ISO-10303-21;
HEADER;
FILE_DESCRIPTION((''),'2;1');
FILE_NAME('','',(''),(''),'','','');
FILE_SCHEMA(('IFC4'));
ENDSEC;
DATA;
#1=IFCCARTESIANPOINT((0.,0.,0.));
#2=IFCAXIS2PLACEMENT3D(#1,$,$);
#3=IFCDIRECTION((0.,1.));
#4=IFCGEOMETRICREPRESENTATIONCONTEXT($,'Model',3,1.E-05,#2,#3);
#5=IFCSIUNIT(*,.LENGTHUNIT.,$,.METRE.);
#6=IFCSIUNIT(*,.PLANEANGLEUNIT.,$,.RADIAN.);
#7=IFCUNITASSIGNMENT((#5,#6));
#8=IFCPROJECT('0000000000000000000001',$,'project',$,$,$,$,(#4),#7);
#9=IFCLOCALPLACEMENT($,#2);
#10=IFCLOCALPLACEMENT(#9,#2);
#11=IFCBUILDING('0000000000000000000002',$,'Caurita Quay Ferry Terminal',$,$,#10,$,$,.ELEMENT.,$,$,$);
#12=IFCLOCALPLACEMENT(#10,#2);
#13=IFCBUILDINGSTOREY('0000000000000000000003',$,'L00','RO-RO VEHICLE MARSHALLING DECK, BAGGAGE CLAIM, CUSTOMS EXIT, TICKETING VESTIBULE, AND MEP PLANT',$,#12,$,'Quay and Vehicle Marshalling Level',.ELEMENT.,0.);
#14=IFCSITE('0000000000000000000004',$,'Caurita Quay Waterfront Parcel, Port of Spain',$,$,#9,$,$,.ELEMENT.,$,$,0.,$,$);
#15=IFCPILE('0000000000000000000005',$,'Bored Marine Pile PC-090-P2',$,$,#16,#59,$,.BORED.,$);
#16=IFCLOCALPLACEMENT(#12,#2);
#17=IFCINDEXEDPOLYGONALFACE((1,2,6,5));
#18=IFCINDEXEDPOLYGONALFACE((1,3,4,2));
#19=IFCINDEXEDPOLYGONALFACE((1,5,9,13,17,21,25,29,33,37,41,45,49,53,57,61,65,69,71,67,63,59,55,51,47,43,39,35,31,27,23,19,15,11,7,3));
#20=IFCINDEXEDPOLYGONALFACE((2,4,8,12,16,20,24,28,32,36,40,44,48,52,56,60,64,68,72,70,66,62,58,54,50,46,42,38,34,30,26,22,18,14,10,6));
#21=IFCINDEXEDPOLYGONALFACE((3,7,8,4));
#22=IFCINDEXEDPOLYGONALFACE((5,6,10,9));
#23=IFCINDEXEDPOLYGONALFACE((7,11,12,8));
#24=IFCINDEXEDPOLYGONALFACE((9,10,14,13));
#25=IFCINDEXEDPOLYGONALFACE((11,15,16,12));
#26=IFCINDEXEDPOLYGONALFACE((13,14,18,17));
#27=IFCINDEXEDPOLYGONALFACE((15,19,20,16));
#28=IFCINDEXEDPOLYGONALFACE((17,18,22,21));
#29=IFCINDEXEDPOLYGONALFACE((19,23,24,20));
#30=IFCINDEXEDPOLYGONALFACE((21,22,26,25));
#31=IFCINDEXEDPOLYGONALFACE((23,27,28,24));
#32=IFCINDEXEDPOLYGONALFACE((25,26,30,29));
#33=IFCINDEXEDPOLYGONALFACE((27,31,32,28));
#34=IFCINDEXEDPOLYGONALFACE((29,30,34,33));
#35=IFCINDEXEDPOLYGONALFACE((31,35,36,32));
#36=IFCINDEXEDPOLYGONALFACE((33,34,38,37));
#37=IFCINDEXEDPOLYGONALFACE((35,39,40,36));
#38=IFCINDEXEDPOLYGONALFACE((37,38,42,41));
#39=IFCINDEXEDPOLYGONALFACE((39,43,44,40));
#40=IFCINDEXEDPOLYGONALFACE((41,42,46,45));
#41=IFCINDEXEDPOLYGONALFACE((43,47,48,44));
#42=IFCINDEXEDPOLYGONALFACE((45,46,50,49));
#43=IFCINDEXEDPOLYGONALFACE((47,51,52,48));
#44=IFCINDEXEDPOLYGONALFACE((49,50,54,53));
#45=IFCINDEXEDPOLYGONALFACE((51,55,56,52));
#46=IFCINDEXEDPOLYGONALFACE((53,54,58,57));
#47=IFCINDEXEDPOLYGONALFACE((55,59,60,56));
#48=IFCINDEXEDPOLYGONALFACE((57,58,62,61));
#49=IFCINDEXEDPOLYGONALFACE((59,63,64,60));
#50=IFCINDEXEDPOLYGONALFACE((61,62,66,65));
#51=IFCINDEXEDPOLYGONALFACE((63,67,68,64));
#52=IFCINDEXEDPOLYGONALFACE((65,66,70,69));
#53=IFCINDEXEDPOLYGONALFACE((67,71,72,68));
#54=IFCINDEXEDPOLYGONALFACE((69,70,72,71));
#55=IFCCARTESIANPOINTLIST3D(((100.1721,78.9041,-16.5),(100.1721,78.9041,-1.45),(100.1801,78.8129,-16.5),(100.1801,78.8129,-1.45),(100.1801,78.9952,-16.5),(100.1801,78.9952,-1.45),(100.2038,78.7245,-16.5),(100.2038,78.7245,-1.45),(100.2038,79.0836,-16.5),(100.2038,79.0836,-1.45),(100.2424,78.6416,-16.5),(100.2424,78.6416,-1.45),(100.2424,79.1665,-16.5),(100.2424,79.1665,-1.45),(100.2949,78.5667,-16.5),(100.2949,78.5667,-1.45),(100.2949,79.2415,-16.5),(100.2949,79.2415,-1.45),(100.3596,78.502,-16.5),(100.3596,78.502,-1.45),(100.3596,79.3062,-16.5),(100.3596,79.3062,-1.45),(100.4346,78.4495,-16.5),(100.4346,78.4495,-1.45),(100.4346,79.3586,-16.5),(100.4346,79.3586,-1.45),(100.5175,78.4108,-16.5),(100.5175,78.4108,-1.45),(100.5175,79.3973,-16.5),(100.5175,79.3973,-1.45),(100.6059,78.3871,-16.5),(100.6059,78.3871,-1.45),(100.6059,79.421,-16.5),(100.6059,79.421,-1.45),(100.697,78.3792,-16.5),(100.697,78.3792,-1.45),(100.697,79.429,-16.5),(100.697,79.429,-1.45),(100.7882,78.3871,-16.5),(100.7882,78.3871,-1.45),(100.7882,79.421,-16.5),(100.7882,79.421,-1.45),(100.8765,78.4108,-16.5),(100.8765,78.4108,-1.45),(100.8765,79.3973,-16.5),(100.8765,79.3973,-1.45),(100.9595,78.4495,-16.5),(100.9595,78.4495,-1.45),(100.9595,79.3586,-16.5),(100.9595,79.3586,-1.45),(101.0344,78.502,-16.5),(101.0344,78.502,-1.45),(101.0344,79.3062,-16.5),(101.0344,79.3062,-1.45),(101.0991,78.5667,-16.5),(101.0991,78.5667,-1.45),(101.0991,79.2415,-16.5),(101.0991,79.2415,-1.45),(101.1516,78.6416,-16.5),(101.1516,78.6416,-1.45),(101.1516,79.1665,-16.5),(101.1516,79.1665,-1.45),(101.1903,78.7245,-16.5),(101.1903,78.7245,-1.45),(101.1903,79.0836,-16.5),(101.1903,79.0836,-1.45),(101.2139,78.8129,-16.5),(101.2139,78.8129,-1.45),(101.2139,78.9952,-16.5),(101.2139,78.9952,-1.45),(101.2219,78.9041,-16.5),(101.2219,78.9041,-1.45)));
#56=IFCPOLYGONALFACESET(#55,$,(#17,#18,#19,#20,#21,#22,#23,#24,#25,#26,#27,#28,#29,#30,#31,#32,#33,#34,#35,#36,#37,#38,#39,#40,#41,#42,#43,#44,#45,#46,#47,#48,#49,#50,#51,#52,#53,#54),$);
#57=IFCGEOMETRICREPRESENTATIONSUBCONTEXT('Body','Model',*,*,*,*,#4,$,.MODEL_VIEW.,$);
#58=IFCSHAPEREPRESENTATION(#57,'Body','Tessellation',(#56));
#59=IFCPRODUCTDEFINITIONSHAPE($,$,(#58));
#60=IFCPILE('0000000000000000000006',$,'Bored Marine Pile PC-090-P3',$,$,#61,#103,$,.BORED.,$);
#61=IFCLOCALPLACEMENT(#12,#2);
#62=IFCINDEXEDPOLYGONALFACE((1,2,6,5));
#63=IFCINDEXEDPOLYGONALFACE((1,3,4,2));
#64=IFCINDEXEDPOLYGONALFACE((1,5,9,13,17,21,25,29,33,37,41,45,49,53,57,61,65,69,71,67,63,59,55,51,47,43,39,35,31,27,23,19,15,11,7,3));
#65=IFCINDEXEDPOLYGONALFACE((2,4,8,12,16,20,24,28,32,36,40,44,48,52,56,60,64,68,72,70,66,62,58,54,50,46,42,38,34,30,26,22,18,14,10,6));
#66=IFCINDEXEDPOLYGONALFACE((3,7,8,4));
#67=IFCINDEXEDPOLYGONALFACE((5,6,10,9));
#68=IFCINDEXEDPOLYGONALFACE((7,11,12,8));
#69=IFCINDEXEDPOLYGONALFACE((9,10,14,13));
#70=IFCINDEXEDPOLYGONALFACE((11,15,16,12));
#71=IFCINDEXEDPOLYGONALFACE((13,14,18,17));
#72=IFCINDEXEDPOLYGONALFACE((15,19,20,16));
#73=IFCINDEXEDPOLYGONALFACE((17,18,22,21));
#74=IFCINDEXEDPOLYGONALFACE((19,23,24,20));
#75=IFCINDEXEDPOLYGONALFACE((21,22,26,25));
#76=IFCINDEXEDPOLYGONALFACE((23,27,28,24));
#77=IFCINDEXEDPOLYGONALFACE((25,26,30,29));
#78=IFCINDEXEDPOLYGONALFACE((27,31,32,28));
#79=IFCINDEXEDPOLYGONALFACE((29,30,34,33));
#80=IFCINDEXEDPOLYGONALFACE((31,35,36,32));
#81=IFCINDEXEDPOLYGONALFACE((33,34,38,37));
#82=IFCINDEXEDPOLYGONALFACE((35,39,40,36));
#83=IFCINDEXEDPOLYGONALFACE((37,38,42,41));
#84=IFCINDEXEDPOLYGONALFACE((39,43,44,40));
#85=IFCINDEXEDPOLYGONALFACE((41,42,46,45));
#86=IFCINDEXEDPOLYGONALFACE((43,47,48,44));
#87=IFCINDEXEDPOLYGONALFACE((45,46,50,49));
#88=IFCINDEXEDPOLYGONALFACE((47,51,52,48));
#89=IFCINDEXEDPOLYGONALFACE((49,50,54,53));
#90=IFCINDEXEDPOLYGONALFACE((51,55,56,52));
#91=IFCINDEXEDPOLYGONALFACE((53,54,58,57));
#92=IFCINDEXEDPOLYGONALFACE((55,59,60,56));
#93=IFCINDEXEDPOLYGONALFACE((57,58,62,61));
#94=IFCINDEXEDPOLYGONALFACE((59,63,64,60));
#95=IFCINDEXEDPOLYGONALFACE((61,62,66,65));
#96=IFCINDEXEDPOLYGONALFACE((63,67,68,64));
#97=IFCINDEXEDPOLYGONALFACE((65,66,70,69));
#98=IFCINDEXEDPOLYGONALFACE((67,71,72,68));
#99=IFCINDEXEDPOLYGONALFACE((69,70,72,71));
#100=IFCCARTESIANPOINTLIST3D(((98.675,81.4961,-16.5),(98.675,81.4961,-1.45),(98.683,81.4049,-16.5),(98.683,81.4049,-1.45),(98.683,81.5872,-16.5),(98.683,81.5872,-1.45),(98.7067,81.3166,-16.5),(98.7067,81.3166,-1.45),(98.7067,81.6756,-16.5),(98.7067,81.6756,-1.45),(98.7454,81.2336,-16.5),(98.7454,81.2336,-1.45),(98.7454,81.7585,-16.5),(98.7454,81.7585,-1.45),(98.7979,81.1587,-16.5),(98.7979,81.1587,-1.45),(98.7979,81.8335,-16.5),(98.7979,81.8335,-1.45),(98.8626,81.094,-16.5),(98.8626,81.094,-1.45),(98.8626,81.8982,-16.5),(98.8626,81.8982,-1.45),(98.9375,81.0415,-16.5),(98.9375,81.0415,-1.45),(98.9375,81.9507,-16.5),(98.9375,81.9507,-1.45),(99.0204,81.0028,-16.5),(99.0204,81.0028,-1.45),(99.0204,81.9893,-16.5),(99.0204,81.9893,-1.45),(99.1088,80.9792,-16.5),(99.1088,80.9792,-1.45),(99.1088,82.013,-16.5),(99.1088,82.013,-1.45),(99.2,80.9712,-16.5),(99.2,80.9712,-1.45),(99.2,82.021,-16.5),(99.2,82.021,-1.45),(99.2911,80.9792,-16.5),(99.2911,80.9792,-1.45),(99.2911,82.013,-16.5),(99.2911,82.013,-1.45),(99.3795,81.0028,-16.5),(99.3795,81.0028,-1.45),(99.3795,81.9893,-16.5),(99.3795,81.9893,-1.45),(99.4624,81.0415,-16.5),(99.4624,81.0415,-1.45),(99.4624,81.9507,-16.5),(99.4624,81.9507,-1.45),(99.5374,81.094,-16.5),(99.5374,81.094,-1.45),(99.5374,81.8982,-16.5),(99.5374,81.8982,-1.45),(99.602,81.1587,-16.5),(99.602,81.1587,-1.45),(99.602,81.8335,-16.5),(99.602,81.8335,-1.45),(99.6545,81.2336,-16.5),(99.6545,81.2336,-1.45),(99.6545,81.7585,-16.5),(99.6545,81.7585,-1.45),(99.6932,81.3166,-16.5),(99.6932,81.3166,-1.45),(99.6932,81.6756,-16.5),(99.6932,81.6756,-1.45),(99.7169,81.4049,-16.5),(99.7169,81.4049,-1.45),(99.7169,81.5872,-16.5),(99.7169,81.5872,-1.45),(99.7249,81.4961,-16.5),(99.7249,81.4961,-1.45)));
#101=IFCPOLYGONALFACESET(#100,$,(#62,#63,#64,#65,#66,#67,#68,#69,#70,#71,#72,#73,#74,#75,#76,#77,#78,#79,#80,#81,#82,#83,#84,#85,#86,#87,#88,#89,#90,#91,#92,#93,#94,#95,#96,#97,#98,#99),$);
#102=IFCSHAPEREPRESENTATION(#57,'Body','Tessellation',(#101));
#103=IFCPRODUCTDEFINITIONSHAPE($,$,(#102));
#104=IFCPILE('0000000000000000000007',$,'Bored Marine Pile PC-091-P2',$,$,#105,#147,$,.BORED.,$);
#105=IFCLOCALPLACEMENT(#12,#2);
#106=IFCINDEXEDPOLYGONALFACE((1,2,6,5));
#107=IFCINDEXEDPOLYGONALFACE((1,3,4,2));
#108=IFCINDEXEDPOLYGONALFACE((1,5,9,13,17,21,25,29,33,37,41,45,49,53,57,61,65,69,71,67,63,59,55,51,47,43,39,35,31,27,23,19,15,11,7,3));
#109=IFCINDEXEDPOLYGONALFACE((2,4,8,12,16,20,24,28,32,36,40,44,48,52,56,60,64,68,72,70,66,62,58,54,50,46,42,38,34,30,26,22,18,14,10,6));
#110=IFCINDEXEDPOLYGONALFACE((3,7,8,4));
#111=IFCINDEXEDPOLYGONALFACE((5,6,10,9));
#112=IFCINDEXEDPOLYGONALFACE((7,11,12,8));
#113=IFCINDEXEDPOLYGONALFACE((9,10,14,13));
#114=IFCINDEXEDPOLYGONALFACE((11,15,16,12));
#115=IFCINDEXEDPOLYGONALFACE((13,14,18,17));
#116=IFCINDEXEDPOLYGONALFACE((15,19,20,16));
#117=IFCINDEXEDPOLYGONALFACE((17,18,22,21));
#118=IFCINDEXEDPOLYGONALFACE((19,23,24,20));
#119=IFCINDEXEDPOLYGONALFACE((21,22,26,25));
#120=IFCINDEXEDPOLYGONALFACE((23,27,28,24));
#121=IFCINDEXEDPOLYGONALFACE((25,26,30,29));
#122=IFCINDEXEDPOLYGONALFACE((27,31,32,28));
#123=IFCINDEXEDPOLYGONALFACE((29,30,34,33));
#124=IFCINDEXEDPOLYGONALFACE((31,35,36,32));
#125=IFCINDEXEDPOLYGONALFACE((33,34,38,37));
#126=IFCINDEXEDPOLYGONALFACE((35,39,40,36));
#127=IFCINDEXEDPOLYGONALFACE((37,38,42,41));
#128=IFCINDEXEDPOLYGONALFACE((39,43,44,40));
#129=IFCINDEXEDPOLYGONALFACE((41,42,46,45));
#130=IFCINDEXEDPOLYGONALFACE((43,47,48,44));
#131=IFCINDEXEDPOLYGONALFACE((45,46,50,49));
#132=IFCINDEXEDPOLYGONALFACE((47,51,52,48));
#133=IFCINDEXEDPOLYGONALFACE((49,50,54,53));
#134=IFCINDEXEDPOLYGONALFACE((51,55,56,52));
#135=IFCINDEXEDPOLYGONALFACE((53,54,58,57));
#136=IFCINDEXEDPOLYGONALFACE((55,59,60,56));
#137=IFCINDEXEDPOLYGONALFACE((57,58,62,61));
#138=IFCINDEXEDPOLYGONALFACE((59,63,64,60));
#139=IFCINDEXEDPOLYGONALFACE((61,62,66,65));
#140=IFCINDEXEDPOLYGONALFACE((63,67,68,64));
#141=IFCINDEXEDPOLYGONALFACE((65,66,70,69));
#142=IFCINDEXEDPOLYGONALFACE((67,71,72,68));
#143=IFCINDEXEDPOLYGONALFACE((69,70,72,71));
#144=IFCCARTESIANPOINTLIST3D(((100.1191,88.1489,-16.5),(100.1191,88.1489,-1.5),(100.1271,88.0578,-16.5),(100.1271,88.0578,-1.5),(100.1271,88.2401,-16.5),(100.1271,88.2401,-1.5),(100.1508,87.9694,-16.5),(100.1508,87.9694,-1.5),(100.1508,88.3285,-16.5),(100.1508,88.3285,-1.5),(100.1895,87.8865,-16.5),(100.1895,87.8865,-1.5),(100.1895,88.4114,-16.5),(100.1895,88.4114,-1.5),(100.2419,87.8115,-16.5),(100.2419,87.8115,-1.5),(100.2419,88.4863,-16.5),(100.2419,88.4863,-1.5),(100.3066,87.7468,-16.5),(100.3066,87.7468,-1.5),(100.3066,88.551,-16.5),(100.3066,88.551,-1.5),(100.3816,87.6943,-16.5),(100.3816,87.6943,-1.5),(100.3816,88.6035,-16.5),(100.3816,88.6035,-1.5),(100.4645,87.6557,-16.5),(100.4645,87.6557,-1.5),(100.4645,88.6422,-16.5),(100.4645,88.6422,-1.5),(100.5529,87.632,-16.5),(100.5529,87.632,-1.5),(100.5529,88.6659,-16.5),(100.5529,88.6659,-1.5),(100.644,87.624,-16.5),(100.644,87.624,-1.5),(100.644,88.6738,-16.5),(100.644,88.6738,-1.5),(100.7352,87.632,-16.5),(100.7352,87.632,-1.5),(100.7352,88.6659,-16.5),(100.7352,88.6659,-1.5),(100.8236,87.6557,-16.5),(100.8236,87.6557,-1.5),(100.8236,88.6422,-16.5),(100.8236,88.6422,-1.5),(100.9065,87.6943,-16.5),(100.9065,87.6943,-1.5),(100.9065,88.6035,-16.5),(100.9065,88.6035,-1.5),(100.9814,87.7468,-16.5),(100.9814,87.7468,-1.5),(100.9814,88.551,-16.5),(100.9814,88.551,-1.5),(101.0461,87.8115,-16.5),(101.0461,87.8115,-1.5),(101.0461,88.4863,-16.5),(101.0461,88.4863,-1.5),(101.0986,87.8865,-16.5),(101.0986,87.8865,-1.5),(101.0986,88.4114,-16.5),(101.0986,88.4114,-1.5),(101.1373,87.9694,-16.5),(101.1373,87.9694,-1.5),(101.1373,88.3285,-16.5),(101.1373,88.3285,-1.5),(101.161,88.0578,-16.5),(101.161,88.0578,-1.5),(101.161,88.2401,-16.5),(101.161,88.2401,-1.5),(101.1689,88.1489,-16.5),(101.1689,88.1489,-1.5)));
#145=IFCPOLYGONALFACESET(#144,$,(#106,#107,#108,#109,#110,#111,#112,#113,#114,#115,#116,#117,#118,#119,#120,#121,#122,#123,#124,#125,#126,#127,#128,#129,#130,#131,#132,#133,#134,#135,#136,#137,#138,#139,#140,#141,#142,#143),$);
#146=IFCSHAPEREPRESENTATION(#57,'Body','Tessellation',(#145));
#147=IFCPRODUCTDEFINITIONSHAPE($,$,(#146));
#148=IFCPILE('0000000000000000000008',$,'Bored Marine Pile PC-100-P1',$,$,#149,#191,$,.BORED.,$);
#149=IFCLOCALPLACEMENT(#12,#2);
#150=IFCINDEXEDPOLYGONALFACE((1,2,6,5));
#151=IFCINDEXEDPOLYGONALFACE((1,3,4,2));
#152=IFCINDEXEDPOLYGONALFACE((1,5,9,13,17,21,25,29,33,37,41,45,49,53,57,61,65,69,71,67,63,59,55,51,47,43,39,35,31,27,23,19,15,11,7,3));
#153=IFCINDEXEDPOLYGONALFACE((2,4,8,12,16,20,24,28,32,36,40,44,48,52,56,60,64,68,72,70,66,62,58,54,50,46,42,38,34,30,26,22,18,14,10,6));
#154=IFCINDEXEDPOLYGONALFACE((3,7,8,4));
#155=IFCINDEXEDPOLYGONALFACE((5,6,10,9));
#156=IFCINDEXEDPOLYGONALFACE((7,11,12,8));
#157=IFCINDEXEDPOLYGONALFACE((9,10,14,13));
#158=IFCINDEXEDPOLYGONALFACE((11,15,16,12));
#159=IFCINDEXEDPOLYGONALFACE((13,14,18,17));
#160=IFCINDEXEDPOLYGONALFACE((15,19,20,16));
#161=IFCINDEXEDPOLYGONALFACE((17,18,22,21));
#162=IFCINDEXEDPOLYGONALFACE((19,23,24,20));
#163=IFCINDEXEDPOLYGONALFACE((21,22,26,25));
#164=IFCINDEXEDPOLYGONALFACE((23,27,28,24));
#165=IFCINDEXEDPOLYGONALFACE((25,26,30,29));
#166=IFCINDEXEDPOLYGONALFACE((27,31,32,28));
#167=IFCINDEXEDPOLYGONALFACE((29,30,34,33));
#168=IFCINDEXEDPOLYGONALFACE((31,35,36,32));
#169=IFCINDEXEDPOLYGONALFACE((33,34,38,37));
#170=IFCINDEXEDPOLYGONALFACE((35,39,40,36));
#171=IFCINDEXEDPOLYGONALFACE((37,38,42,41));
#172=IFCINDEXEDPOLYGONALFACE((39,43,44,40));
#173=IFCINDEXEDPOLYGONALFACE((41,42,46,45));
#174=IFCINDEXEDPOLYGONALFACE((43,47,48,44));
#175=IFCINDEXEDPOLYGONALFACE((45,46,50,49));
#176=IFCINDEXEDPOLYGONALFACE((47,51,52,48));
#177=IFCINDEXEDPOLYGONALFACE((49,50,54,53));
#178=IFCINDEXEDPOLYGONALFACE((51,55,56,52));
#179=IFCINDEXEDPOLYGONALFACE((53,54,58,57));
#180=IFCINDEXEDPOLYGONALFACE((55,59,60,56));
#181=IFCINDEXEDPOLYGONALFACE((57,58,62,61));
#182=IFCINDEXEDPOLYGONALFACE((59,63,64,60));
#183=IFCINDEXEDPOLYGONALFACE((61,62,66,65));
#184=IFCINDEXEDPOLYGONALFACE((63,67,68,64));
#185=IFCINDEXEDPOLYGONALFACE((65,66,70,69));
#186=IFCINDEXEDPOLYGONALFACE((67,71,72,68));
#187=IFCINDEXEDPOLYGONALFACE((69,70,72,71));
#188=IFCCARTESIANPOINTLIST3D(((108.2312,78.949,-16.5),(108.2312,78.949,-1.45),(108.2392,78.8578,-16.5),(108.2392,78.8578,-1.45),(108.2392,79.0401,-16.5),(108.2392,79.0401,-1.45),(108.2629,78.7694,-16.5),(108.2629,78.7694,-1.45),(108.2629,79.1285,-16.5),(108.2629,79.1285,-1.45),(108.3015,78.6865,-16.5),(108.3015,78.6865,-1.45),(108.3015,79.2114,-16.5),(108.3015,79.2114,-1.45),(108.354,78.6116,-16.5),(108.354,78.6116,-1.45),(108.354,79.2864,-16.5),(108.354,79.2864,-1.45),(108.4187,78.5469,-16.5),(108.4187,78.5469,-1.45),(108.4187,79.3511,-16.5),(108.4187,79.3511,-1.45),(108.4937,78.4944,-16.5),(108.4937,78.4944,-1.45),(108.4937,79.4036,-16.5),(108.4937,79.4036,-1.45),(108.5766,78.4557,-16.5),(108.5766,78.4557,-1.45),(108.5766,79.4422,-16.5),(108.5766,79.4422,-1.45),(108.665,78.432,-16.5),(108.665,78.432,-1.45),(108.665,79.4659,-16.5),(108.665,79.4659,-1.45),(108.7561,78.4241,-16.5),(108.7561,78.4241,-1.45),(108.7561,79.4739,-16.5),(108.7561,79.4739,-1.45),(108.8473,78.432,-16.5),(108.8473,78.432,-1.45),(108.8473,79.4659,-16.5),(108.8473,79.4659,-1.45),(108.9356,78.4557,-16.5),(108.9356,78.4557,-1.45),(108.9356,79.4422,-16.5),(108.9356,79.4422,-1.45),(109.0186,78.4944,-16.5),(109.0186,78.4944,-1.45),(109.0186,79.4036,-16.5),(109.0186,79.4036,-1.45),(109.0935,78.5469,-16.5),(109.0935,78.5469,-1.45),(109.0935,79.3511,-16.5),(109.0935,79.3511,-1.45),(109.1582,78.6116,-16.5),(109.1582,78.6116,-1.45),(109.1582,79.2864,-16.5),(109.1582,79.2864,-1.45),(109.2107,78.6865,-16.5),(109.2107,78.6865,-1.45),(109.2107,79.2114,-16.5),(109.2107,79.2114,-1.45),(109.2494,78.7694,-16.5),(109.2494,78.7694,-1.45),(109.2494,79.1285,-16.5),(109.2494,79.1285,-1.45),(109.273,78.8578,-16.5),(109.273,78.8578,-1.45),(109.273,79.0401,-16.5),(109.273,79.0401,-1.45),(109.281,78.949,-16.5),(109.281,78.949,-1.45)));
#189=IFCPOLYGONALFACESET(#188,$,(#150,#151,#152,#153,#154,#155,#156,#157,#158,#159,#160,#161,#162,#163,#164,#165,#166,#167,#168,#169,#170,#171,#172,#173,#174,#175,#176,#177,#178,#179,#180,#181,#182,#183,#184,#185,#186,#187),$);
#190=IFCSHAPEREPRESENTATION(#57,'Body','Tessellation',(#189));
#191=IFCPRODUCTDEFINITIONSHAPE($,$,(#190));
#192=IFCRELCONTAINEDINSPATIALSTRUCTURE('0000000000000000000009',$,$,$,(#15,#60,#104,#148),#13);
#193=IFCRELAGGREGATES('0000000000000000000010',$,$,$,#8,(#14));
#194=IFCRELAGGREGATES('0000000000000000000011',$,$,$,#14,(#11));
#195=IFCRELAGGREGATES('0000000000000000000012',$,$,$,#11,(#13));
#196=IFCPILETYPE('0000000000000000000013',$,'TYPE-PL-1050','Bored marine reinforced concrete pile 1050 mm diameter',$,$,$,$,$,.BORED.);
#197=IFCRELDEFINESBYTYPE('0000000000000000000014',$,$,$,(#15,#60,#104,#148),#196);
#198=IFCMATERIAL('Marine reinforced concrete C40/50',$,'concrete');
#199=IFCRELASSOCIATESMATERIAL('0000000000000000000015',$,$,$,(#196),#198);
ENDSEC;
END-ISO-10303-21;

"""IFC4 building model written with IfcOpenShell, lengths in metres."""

from ifc_helpers import new_model, si_unit, direction, frame, origin, origin_2d, place, context, subcontext, project, spatial, circle, extrude, material, material_profile, profile_set, type_object, element, save


model = new_model("IFC4")

# Units and contexts
model_context = context("Model", 3, precision=1e-05, world=origin(), true_north=direction((0.0, 1.0)))
body_context = subcontext(model_context, "Body", "Model", "MODEL_VIEW")
ifc_project = project(units=[si_unit("LENGTHUNIT", "METRE"), si_unit("PLANEANGLEUNIT", "RADIAN")], contexts=[model_context])

# Site, building, storey
site_placement = place(None, origin())
site = spatial("IfcSite", under=ifc_project, at=site_placement, Name="Caurita Quay Waterfront Parcel, Port of Spain", CompositionType="ELEMENT", RefElevation=0.0)
building_placement = place(site_placement, origin())
building = spatial("IfcBuilding", under=site, at=building_placement, Name="Caurita Quay Ferry Terminal", CompositionType="ELEMENT")
storey_placement = place(building_placement, origin())
storey = spatial("IfcBuildingStorey", under=building, at=storey_placement, Name="L00", Description="RO-RO VEHICLE MARSHALLING DECK, BAGGAGE CLAIM, CUSTOMS EXIT, TICKETING VESTIBULE, AND MEP PLANT", LongName="Quay and Vehicle Marshalling Level", CompositionType="ELEMENT", Elevation=0.0)

# Piles
ifc_material_1 = material(Name="Marine reinforced concrete C40/50", Category="concrete")
ifc_material_profile_1 = material_profile(ifc_material_1, circle(Radius=0.5249, at=origin_2d()), Name="PILE-D1050")
ifc_profile_set_1 = profile_set([ifc_material_profile_1], Name="Marine reinforced concrete C40/50")
pile_type = type_object("IfcPileType", Name="TYPE-PL-1050", Description="Bored marine reinforced concrete pile 1050 mm diameter", PredefinedType="BORED", material=ifc_profile_set_1)
for number, where, z_axis, x_axis, name in (
    (1, (100.697, 78.9041, -1.45), (0.0, 0.0, -1.0), (1.0, 0.0, 0.0), "Bored Marine Pile PC-090-P2"),
    (2, (99.2, 81.4961, -1.45), (0.0, 0.0, -1.0), (1.0, 0.0, 0.0), "Bored Marine Pile PC-090-P3"),
):
    element("IfcPile", number, at=place(storey_placement, frame(where, z_axis=z_axis, x_axis=x_axis)), inside=storey, type_object=pile_type, Name=name, PredefinedType="BORED", context=body_context, shape_type="SweptSolid", body=[
        extrude(circle(Radius=0.5249, at=origin_2d()), origin(), (0.0, 0.0, 1.0), 15.05),
    ])
pile_placement = place(storey_placement, frame((100.644, 88.1489, -1.5), z_axis=(0.0, 0.0, -1.0), x_axis=(1.0, 0.0, 0.0)))
element("IfcPile", 3, at=pile_placement, inside=storey, type_object=pile_type, Name="Bored Marine Pile PC-091-P2", PredefinedType="BORED", context=body_context, shape_type="SweptSolid", body=[
    extrude(circle(Radius=0.5249, at=origin_2d()), origin(), (0.0, 0.0, 1.0), 15.0),
])
for number, where, z_axis, x_axis, name in (
    (4, (108.7561, 78.949, -1.45), (0.0, 0.0, -1.0), (1.0, 0.0, 0.0), "Bored Marine Pile PC-100-P1"),
):
    element("IfcPile", number, at=place(storey_placement, frame(where, z_axis=z_axis, x_axis=x_axis)), inside=storey, type_object=pile_type, Name=name, PredefinedType="BORED", context=body_context, shape_type="SweptSolid", body=[
        extrude(circle(Radius=0.5249, at=origin_2d()), origin(), (0.0, 0.0, 1.0), 15.05),
    ])

save(model, "model.ifc")
